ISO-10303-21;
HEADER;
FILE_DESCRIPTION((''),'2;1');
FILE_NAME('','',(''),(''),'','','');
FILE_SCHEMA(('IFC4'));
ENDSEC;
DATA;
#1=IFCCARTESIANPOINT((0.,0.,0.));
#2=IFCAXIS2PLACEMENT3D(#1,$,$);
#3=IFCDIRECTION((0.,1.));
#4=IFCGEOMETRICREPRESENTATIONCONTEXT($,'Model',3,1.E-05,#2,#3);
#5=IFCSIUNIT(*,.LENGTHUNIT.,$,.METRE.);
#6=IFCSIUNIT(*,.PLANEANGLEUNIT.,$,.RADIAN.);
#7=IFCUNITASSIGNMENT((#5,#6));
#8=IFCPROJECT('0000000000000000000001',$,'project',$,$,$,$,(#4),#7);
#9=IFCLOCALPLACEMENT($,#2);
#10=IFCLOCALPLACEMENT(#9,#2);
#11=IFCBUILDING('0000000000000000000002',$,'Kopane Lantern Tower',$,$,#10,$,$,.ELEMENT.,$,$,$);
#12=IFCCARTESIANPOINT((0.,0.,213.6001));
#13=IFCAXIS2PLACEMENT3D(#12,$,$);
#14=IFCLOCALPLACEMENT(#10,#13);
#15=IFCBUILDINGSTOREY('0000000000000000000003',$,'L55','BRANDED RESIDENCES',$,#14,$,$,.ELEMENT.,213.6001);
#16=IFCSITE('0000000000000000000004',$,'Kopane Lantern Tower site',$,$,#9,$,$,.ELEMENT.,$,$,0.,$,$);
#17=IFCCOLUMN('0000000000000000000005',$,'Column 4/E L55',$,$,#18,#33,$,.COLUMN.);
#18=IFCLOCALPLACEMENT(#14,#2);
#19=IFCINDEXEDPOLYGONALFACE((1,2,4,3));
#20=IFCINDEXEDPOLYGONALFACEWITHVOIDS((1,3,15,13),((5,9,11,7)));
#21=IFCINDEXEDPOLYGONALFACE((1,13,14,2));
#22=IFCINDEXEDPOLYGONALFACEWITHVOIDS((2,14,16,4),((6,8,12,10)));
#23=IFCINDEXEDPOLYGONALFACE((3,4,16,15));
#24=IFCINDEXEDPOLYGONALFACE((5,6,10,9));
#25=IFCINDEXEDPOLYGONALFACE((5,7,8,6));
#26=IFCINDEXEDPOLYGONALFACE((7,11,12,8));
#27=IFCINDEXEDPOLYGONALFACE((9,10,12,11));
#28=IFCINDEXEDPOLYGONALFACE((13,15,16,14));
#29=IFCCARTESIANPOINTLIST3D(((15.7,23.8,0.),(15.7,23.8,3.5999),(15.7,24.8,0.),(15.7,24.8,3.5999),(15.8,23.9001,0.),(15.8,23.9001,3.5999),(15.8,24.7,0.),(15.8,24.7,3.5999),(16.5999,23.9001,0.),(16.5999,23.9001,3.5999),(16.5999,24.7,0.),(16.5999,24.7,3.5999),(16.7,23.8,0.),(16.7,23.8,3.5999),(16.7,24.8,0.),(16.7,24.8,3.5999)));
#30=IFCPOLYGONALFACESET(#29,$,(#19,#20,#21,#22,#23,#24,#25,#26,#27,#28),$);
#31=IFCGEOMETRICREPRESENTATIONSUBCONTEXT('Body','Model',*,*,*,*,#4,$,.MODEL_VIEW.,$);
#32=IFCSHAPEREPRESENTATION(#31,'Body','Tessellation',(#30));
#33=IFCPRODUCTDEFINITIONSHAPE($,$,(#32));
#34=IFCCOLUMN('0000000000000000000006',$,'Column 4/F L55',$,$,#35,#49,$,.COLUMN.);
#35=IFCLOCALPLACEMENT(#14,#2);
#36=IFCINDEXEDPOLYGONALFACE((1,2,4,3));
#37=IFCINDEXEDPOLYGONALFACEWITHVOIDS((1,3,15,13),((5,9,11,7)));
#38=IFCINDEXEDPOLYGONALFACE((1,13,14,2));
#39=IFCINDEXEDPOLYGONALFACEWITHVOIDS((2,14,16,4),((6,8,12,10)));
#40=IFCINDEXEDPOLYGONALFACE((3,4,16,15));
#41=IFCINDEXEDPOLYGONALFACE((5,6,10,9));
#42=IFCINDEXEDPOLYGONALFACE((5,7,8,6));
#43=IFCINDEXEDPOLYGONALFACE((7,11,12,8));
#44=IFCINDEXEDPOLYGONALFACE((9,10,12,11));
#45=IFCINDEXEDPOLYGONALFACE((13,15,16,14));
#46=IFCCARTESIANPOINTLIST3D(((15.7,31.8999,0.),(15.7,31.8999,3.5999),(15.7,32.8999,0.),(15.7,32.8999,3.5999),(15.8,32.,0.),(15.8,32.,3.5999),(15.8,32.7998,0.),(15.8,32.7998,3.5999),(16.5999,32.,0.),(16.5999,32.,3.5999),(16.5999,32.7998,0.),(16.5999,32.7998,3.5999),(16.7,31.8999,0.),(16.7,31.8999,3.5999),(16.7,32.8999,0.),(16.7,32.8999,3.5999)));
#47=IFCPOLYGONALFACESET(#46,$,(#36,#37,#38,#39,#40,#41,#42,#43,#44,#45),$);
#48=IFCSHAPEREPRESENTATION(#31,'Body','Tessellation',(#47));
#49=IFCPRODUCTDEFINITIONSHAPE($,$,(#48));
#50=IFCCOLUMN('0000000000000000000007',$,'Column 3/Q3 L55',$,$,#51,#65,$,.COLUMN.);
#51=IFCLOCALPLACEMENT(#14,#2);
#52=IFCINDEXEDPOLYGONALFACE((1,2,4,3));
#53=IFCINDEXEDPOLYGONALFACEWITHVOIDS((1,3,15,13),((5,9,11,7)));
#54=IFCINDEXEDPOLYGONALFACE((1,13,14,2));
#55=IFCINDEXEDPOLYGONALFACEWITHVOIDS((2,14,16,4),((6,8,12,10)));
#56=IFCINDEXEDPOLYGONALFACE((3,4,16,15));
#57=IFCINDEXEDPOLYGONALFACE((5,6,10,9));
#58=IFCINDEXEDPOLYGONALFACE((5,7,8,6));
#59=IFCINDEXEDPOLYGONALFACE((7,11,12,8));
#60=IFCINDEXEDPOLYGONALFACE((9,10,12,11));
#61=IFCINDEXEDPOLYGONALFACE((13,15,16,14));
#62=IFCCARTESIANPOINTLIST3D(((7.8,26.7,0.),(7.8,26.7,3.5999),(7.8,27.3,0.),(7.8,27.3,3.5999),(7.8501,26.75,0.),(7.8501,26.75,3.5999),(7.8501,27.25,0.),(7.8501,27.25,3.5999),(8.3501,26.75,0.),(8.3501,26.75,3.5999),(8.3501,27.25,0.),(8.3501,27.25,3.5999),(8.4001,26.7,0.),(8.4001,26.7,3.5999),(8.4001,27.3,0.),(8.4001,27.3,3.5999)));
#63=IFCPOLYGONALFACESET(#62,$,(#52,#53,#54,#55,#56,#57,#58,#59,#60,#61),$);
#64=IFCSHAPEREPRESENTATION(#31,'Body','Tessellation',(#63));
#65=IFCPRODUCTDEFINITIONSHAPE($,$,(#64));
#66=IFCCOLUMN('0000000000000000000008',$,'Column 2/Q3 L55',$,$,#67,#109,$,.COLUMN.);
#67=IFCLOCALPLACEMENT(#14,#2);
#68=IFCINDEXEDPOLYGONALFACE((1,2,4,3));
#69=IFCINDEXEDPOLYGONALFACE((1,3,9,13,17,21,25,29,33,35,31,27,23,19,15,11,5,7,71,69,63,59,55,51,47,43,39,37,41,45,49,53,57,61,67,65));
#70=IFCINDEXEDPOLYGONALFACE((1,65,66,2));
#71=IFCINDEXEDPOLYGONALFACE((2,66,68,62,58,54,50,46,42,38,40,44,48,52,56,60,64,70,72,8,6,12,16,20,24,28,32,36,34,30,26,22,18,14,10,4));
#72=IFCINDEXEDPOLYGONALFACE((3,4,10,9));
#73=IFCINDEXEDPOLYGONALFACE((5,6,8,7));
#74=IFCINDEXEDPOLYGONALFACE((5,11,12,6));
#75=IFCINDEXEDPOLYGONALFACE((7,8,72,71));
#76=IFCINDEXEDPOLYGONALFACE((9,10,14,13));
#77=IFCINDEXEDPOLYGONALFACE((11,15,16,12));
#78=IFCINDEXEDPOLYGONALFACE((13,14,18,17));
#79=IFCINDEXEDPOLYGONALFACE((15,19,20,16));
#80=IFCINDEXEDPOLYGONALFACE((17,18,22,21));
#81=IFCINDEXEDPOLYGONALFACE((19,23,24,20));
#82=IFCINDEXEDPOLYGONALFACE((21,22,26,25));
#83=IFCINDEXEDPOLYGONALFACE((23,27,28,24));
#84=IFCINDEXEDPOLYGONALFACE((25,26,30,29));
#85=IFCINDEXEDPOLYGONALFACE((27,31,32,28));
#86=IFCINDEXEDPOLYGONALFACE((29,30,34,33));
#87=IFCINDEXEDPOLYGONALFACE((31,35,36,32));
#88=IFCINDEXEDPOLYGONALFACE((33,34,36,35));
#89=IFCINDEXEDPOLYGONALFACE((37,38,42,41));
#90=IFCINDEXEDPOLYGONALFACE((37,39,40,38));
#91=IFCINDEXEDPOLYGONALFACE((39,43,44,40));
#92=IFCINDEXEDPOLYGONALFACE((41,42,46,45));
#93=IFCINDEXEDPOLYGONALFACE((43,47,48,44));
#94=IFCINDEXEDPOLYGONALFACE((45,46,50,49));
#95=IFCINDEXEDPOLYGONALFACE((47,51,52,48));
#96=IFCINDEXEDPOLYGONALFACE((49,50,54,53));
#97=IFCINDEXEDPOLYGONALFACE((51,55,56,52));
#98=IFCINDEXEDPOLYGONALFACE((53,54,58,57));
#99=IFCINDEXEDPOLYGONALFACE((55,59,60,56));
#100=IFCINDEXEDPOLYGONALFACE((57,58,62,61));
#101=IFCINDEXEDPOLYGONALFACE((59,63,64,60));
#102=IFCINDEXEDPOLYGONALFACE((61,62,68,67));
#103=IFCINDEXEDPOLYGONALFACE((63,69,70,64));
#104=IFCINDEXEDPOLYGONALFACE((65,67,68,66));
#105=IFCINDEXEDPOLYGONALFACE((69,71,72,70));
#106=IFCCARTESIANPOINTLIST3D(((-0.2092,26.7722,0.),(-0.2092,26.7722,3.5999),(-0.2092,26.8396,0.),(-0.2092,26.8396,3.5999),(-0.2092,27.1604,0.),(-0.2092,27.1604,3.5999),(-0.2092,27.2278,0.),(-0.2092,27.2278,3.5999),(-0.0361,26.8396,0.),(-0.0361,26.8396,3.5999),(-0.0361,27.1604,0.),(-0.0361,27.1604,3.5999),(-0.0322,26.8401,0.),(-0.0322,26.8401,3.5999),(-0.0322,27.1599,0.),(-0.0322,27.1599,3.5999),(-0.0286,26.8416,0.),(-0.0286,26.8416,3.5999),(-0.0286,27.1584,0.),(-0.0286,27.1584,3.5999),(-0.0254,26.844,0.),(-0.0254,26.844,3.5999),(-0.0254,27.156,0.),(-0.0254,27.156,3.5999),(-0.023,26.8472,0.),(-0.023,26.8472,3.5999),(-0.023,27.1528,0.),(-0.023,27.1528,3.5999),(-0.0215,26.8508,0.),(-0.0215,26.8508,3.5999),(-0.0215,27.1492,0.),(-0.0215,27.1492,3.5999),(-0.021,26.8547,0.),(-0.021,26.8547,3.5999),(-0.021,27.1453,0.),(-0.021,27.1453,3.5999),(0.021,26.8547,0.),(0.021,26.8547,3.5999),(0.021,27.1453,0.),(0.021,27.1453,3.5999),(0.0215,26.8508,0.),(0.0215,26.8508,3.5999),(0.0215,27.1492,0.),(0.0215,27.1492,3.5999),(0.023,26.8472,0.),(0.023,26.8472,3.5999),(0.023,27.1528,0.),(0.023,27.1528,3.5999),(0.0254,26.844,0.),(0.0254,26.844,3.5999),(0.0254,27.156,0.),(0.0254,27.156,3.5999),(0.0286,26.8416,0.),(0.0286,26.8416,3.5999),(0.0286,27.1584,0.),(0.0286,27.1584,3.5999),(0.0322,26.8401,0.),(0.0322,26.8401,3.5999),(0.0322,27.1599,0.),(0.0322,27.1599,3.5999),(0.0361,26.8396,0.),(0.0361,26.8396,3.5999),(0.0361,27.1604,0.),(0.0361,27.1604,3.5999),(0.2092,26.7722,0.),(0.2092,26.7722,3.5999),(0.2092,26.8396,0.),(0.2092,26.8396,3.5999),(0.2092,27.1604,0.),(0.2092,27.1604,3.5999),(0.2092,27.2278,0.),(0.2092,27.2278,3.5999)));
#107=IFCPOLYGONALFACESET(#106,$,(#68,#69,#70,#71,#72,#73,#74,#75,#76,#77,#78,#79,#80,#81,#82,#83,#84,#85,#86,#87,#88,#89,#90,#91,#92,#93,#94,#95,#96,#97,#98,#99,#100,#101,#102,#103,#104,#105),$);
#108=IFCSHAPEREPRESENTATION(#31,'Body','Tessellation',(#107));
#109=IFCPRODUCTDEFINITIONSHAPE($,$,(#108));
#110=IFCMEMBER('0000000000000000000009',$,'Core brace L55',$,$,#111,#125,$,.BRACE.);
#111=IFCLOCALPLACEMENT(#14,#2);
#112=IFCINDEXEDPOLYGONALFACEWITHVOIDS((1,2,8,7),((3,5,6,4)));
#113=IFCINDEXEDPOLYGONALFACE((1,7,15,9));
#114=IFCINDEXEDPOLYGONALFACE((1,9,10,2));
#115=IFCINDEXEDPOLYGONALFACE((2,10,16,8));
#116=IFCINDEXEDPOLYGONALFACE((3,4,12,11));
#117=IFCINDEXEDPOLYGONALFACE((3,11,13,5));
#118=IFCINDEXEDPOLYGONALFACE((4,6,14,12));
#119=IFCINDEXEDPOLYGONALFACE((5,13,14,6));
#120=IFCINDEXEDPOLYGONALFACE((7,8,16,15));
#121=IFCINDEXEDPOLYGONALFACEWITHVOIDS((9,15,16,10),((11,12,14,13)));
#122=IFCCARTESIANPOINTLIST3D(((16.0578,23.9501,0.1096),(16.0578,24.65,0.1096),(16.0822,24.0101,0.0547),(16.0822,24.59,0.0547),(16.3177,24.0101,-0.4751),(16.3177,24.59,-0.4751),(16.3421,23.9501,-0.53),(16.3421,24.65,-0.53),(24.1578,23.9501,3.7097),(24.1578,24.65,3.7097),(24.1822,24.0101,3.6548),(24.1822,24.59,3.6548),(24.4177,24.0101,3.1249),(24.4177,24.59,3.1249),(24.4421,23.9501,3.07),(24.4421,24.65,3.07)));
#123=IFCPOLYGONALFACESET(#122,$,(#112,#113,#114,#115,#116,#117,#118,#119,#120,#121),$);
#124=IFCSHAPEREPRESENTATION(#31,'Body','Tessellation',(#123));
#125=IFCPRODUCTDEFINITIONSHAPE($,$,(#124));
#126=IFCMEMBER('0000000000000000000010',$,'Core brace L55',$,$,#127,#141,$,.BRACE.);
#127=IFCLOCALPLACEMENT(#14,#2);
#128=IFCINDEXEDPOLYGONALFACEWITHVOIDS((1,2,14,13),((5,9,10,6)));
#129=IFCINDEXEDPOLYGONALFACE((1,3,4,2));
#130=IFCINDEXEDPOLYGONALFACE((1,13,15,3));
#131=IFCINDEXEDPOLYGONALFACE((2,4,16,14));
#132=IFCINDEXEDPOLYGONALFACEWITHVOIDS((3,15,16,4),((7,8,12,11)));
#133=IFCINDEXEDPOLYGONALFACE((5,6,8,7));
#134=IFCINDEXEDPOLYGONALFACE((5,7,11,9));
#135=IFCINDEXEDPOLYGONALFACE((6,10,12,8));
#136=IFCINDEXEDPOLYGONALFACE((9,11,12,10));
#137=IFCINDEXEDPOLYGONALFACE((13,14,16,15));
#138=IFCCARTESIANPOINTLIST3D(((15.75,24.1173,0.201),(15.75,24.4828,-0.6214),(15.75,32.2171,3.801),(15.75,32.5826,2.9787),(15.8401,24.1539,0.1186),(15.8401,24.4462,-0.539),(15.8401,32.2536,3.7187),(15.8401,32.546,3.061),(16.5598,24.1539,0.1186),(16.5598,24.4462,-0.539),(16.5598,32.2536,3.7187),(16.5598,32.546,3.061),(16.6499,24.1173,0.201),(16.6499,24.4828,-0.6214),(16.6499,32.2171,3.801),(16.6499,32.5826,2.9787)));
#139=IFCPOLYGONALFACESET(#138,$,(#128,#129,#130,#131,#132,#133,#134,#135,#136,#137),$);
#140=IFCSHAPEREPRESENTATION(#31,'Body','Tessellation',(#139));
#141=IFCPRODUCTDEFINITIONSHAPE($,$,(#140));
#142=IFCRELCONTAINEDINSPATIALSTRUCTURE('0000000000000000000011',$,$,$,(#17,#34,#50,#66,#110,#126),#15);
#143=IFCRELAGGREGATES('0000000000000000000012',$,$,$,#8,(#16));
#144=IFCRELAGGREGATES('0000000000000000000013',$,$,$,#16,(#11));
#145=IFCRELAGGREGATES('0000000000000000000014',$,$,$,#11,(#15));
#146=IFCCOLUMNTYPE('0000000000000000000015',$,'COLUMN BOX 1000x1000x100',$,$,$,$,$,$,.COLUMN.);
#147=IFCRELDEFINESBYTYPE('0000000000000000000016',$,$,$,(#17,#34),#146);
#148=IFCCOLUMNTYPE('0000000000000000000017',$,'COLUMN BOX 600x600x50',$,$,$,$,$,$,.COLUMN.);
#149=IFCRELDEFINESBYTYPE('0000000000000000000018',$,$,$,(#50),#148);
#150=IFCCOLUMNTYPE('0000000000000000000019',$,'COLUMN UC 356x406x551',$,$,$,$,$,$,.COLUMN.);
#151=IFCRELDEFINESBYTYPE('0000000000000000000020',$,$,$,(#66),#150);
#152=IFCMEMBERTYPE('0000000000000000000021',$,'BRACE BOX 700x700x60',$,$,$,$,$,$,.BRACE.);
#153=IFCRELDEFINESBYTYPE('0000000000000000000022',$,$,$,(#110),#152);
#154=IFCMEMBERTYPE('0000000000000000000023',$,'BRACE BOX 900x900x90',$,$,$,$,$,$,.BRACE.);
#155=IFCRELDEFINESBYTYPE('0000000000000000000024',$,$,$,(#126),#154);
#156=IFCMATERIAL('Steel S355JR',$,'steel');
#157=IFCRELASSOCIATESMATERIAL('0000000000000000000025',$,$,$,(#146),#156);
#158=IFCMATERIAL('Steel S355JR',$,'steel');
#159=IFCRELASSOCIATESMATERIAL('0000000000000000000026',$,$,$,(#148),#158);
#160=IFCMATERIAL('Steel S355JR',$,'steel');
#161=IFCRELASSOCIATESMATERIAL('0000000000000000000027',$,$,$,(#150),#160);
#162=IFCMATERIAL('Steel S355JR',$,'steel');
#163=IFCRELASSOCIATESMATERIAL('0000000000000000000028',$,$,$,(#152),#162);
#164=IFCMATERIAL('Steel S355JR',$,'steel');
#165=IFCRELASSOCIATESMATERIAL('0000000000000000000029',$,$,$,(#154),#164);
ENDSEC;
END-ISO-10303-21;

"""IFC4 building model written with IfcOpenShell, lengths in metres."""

from ifc_helpers import new_model, si_unit, direction, frame, origin, origin_2d, place, context, subcontext, project, spatial, hollow_rectangle, i_section, extrude, material, material_profile, profile_set, type_object, element, save


model = new_model("IFC4")

# Units and contexts
model_context = context("Model", 3, precision=1e-05, world=origin(), true_north=direction((0.0, 1.0)))
body_context = subcontext(model_context, "Body", "Model", "MODEL_VIEW")
ifc_project = project(units=[si_unit("LENGTHUNIT", "METRE"), si_unit("PLANEANGLEUNIT", "RADIAN")], contexts=[model_context])

# Site, building, storey
site_placement = place(None, origin())
site = spatial("IfcSite", under=ifc_project, at=site_placement, Name="Kopane Lantern Tower site", CompositionType="ELEMENT", RefElevation=0.0)
building_placement = place(site_placement, origin())
building = spatial("IfcBuilding", under=site, at=building_placement, Name="Kopane Lantern Tower", CompositionType="ELEMENT")
storey_placement = place(building_placement, frame((0.0, 0.0, 213.6001)))
storey = spatial("IfcBuildingStorey", under=building, at=storey_placement, Name="L55", Description="BRANDED RESIDENCES", CompositionType="ELEMENT", Elevation=213.6001)

# Columns
ifc_material_1 = material(Name="Steel S355JR", Category="steel")
ifc_material_profile_1 = material_profile(ifc_material_1, hollow_rectangle(XDim=1.0, YDim=1.0, WallThickness=0.1001, at=origin_2d()), Name="BOX 1000x1000x100")
ifc_profile_set_1 = profile_set([ifc_material_profile_1], Name="Steel S355JR")
column_type_1 = type_object("IfcColumnType", Name="COLUMN BOX 1000x1000x100", PredefinedType="COLUMN", material=ifc_profile_set_1)
for number, where, z_axis, x_axis, name in (
    (1, (16.2, 24.3, 0.0), (0.0, 0.0, 1.0), (1.0, 0.0, 0.0), "Column 4/E L55"),
    (2, (16.2, 32.3999, 0.0), (0.0, 0.0, 1.0), (1.0, 0.0, 0.0), "Column 4/F L55"),
):
    element("IfcColumn", number, at=place(storey_placement, frame(where, z_axis=z_axis, x_axis=x_axis)), inside=storey, type_object=column_type_1, Name=name, PredefinedType="COLUMN", context=body_context, shape_type="SweptSolid", body=[
        extrude(hollow_rectangle(XDim=1.0, YDim=1.0, WallThickness=0.1001, at=origin_2d()), origin(), (0.0, 0.0, 1.0), 3.5999),
    ])
ifc_material_2 = material(Name="Steel S355JR", Category="steel")
ifc_material_profile_2 = material_profile(ifc_material_2, hollow_rectangle(XDim=0.6001, YDim=0.6001, WallThickness=0.05, at=origin_2d()), Name="BOX 600x600x50")
ifc_profile_set_2 = profile_set([ifc_material_profile_2], Name="Steel S355JR")
column_type_2 = type_object("IfcColumnType", Name="COLUMN BOX 600x600x50", PredefinedType="COLUMN", material=ifc_profile_set_2)
column_1_placement = place(storey_placement, frame((8.1001, 27.0, 0.0), z_axis=(0.0, 0.0, 1.0), x_axis=(1.0, 0.0, 0.0)))
element("IfcColumn", 3, at=column_1_placement, inside=storey, type_object=column_type_2, Name="Column 3/Q3 L55", PredefinedType="COLUMN", context=body_context, shape_type="SweptSolid", body=[
    extrude(hollow_rectangle(XDim=0.6001, YDim=0.6001, WallThickness=0.05, at=origin_2d()), origin(), (0.0, 0.0, 1.0), 3.5999),
])
ifc_material_3 = material(Name="Steel S355JR", Category="steel")
ifc_material_profile_3 = material_profile(ifc_material_3, i_section(OverallWidth=0.4185, OverallDepth=0.4556, WebThickness=0.042, FlangeThickness=0.0674, FilletRadius=0.0151, at=origin_2d()), Name="UC 356x406x551")
ifc_profile_set_3 = profile_set([ifc_material_profile_3], Name="Steel S355JR")
column_type_3 = type_object("IfcColumnType", Name="COLUMN UC 356x406x551", PredefinedType="COLUMN", material=ifc_profile_set_3)
column_2_placement = place(storey_placement, frame((0.0, 27.0, 0.0), z_axis=(0.0, 0.0, 1.0), x_axis=(1.0, 0.0, 0.0)))
element("IfcColumn", 4, at=column_2_placement, inside=storey, type_object=column_type_3, Name="Column 2/Q3 L55", PredefinedType="COLUMN", context=body_context, shape_type="SweptSolid", body=[
    extrude(i_section(OverallWidth=0.4185, OverallDepth=0.4556, WebThickness=0.042, FlangeThickness=0.0674, FilletRadius=0.0151, at=origin_2d()), origin(), (0.0, 0.0, 1.0), 3.5999),
])

# Members
ifc_material_4 = material(Name="Steel S355JR", Category="steel")
ifc_material_profile_4 = material_profile(ifc_material_4, hollow_rectangle(XDim=0.7, YDim=0.7, WallThickness=0.0601, at=origin_2d()), Name="BOX 700x700x60")
ifc_profile_set_4 = profile_set([ifc_material_profile_4], Name="Steel S355JR")
member_type_1 = type_object("IfcMemberType", Name="BRACE BOX 700x700x60", PredefinedType="BRACE", material=ifc_profile_set_4)
member_1_placement = place(storey_placement, frame((16.2, 24.3, -0.2102), z_axis=(0.913809, 0.0, 0.406144), x_axis=(0.0, 1.0, 0.0)))
element("IfcMember", 5, at=member_1_placement, inside=storey, type_object=member_type_1, Name="Core brace L55", PredefinedType="BRACE", context=body_context, shape_type="SweptSolid", body=[
    extrude(hollow_rectangle(XDim=0.7, YDim=0.7, WallThickness=0.0601, at=origin_2d()), origin(), (0.0, 0.0, 1.0), 8.864),
])
ifc_material_5 = material(Name="Steel S355JR", Category="steel")
ifc_material_profile_5 = material_profile(ifc_material_5, hollow_rectangle(XDim=0.8999, YDim=0.8999, WallThickness=0.0901, at=origin_2d()), Name="BOX 900x900x90")
ifc_profile_set_5 = profile_set([ifc_material_profile_5], Name="Steel S355JR")
member_type_2 = type_object("IfcMemberType", Name="BRACE BOX 900x900x90", PredefinedType="BRACE", material=ifc_profile_set_5)
member_2_placement = place(storey_placement, frame((16.2, 24.3, -0.2102), z_axis=(0.0, 0.913805, 0.406154), x_axis=(-1.0, 0.0, 0.0)))
element("IfcMember", 6, at=member_2_placement, inside=storey, type_object=member_type_2, Name="Core brace L55", PredefinedType="BRACE", context=body_context, shape_type="SweptSolid", body=[
    extrude(hollow_rectangle(XDim=0.8999, YDim=0.8999, WallThickness=0.0901, at=origin_2d()), origin(), (0.0, 0.0, 1.0), 8.8638),
])

save(model, "model.ifc")
